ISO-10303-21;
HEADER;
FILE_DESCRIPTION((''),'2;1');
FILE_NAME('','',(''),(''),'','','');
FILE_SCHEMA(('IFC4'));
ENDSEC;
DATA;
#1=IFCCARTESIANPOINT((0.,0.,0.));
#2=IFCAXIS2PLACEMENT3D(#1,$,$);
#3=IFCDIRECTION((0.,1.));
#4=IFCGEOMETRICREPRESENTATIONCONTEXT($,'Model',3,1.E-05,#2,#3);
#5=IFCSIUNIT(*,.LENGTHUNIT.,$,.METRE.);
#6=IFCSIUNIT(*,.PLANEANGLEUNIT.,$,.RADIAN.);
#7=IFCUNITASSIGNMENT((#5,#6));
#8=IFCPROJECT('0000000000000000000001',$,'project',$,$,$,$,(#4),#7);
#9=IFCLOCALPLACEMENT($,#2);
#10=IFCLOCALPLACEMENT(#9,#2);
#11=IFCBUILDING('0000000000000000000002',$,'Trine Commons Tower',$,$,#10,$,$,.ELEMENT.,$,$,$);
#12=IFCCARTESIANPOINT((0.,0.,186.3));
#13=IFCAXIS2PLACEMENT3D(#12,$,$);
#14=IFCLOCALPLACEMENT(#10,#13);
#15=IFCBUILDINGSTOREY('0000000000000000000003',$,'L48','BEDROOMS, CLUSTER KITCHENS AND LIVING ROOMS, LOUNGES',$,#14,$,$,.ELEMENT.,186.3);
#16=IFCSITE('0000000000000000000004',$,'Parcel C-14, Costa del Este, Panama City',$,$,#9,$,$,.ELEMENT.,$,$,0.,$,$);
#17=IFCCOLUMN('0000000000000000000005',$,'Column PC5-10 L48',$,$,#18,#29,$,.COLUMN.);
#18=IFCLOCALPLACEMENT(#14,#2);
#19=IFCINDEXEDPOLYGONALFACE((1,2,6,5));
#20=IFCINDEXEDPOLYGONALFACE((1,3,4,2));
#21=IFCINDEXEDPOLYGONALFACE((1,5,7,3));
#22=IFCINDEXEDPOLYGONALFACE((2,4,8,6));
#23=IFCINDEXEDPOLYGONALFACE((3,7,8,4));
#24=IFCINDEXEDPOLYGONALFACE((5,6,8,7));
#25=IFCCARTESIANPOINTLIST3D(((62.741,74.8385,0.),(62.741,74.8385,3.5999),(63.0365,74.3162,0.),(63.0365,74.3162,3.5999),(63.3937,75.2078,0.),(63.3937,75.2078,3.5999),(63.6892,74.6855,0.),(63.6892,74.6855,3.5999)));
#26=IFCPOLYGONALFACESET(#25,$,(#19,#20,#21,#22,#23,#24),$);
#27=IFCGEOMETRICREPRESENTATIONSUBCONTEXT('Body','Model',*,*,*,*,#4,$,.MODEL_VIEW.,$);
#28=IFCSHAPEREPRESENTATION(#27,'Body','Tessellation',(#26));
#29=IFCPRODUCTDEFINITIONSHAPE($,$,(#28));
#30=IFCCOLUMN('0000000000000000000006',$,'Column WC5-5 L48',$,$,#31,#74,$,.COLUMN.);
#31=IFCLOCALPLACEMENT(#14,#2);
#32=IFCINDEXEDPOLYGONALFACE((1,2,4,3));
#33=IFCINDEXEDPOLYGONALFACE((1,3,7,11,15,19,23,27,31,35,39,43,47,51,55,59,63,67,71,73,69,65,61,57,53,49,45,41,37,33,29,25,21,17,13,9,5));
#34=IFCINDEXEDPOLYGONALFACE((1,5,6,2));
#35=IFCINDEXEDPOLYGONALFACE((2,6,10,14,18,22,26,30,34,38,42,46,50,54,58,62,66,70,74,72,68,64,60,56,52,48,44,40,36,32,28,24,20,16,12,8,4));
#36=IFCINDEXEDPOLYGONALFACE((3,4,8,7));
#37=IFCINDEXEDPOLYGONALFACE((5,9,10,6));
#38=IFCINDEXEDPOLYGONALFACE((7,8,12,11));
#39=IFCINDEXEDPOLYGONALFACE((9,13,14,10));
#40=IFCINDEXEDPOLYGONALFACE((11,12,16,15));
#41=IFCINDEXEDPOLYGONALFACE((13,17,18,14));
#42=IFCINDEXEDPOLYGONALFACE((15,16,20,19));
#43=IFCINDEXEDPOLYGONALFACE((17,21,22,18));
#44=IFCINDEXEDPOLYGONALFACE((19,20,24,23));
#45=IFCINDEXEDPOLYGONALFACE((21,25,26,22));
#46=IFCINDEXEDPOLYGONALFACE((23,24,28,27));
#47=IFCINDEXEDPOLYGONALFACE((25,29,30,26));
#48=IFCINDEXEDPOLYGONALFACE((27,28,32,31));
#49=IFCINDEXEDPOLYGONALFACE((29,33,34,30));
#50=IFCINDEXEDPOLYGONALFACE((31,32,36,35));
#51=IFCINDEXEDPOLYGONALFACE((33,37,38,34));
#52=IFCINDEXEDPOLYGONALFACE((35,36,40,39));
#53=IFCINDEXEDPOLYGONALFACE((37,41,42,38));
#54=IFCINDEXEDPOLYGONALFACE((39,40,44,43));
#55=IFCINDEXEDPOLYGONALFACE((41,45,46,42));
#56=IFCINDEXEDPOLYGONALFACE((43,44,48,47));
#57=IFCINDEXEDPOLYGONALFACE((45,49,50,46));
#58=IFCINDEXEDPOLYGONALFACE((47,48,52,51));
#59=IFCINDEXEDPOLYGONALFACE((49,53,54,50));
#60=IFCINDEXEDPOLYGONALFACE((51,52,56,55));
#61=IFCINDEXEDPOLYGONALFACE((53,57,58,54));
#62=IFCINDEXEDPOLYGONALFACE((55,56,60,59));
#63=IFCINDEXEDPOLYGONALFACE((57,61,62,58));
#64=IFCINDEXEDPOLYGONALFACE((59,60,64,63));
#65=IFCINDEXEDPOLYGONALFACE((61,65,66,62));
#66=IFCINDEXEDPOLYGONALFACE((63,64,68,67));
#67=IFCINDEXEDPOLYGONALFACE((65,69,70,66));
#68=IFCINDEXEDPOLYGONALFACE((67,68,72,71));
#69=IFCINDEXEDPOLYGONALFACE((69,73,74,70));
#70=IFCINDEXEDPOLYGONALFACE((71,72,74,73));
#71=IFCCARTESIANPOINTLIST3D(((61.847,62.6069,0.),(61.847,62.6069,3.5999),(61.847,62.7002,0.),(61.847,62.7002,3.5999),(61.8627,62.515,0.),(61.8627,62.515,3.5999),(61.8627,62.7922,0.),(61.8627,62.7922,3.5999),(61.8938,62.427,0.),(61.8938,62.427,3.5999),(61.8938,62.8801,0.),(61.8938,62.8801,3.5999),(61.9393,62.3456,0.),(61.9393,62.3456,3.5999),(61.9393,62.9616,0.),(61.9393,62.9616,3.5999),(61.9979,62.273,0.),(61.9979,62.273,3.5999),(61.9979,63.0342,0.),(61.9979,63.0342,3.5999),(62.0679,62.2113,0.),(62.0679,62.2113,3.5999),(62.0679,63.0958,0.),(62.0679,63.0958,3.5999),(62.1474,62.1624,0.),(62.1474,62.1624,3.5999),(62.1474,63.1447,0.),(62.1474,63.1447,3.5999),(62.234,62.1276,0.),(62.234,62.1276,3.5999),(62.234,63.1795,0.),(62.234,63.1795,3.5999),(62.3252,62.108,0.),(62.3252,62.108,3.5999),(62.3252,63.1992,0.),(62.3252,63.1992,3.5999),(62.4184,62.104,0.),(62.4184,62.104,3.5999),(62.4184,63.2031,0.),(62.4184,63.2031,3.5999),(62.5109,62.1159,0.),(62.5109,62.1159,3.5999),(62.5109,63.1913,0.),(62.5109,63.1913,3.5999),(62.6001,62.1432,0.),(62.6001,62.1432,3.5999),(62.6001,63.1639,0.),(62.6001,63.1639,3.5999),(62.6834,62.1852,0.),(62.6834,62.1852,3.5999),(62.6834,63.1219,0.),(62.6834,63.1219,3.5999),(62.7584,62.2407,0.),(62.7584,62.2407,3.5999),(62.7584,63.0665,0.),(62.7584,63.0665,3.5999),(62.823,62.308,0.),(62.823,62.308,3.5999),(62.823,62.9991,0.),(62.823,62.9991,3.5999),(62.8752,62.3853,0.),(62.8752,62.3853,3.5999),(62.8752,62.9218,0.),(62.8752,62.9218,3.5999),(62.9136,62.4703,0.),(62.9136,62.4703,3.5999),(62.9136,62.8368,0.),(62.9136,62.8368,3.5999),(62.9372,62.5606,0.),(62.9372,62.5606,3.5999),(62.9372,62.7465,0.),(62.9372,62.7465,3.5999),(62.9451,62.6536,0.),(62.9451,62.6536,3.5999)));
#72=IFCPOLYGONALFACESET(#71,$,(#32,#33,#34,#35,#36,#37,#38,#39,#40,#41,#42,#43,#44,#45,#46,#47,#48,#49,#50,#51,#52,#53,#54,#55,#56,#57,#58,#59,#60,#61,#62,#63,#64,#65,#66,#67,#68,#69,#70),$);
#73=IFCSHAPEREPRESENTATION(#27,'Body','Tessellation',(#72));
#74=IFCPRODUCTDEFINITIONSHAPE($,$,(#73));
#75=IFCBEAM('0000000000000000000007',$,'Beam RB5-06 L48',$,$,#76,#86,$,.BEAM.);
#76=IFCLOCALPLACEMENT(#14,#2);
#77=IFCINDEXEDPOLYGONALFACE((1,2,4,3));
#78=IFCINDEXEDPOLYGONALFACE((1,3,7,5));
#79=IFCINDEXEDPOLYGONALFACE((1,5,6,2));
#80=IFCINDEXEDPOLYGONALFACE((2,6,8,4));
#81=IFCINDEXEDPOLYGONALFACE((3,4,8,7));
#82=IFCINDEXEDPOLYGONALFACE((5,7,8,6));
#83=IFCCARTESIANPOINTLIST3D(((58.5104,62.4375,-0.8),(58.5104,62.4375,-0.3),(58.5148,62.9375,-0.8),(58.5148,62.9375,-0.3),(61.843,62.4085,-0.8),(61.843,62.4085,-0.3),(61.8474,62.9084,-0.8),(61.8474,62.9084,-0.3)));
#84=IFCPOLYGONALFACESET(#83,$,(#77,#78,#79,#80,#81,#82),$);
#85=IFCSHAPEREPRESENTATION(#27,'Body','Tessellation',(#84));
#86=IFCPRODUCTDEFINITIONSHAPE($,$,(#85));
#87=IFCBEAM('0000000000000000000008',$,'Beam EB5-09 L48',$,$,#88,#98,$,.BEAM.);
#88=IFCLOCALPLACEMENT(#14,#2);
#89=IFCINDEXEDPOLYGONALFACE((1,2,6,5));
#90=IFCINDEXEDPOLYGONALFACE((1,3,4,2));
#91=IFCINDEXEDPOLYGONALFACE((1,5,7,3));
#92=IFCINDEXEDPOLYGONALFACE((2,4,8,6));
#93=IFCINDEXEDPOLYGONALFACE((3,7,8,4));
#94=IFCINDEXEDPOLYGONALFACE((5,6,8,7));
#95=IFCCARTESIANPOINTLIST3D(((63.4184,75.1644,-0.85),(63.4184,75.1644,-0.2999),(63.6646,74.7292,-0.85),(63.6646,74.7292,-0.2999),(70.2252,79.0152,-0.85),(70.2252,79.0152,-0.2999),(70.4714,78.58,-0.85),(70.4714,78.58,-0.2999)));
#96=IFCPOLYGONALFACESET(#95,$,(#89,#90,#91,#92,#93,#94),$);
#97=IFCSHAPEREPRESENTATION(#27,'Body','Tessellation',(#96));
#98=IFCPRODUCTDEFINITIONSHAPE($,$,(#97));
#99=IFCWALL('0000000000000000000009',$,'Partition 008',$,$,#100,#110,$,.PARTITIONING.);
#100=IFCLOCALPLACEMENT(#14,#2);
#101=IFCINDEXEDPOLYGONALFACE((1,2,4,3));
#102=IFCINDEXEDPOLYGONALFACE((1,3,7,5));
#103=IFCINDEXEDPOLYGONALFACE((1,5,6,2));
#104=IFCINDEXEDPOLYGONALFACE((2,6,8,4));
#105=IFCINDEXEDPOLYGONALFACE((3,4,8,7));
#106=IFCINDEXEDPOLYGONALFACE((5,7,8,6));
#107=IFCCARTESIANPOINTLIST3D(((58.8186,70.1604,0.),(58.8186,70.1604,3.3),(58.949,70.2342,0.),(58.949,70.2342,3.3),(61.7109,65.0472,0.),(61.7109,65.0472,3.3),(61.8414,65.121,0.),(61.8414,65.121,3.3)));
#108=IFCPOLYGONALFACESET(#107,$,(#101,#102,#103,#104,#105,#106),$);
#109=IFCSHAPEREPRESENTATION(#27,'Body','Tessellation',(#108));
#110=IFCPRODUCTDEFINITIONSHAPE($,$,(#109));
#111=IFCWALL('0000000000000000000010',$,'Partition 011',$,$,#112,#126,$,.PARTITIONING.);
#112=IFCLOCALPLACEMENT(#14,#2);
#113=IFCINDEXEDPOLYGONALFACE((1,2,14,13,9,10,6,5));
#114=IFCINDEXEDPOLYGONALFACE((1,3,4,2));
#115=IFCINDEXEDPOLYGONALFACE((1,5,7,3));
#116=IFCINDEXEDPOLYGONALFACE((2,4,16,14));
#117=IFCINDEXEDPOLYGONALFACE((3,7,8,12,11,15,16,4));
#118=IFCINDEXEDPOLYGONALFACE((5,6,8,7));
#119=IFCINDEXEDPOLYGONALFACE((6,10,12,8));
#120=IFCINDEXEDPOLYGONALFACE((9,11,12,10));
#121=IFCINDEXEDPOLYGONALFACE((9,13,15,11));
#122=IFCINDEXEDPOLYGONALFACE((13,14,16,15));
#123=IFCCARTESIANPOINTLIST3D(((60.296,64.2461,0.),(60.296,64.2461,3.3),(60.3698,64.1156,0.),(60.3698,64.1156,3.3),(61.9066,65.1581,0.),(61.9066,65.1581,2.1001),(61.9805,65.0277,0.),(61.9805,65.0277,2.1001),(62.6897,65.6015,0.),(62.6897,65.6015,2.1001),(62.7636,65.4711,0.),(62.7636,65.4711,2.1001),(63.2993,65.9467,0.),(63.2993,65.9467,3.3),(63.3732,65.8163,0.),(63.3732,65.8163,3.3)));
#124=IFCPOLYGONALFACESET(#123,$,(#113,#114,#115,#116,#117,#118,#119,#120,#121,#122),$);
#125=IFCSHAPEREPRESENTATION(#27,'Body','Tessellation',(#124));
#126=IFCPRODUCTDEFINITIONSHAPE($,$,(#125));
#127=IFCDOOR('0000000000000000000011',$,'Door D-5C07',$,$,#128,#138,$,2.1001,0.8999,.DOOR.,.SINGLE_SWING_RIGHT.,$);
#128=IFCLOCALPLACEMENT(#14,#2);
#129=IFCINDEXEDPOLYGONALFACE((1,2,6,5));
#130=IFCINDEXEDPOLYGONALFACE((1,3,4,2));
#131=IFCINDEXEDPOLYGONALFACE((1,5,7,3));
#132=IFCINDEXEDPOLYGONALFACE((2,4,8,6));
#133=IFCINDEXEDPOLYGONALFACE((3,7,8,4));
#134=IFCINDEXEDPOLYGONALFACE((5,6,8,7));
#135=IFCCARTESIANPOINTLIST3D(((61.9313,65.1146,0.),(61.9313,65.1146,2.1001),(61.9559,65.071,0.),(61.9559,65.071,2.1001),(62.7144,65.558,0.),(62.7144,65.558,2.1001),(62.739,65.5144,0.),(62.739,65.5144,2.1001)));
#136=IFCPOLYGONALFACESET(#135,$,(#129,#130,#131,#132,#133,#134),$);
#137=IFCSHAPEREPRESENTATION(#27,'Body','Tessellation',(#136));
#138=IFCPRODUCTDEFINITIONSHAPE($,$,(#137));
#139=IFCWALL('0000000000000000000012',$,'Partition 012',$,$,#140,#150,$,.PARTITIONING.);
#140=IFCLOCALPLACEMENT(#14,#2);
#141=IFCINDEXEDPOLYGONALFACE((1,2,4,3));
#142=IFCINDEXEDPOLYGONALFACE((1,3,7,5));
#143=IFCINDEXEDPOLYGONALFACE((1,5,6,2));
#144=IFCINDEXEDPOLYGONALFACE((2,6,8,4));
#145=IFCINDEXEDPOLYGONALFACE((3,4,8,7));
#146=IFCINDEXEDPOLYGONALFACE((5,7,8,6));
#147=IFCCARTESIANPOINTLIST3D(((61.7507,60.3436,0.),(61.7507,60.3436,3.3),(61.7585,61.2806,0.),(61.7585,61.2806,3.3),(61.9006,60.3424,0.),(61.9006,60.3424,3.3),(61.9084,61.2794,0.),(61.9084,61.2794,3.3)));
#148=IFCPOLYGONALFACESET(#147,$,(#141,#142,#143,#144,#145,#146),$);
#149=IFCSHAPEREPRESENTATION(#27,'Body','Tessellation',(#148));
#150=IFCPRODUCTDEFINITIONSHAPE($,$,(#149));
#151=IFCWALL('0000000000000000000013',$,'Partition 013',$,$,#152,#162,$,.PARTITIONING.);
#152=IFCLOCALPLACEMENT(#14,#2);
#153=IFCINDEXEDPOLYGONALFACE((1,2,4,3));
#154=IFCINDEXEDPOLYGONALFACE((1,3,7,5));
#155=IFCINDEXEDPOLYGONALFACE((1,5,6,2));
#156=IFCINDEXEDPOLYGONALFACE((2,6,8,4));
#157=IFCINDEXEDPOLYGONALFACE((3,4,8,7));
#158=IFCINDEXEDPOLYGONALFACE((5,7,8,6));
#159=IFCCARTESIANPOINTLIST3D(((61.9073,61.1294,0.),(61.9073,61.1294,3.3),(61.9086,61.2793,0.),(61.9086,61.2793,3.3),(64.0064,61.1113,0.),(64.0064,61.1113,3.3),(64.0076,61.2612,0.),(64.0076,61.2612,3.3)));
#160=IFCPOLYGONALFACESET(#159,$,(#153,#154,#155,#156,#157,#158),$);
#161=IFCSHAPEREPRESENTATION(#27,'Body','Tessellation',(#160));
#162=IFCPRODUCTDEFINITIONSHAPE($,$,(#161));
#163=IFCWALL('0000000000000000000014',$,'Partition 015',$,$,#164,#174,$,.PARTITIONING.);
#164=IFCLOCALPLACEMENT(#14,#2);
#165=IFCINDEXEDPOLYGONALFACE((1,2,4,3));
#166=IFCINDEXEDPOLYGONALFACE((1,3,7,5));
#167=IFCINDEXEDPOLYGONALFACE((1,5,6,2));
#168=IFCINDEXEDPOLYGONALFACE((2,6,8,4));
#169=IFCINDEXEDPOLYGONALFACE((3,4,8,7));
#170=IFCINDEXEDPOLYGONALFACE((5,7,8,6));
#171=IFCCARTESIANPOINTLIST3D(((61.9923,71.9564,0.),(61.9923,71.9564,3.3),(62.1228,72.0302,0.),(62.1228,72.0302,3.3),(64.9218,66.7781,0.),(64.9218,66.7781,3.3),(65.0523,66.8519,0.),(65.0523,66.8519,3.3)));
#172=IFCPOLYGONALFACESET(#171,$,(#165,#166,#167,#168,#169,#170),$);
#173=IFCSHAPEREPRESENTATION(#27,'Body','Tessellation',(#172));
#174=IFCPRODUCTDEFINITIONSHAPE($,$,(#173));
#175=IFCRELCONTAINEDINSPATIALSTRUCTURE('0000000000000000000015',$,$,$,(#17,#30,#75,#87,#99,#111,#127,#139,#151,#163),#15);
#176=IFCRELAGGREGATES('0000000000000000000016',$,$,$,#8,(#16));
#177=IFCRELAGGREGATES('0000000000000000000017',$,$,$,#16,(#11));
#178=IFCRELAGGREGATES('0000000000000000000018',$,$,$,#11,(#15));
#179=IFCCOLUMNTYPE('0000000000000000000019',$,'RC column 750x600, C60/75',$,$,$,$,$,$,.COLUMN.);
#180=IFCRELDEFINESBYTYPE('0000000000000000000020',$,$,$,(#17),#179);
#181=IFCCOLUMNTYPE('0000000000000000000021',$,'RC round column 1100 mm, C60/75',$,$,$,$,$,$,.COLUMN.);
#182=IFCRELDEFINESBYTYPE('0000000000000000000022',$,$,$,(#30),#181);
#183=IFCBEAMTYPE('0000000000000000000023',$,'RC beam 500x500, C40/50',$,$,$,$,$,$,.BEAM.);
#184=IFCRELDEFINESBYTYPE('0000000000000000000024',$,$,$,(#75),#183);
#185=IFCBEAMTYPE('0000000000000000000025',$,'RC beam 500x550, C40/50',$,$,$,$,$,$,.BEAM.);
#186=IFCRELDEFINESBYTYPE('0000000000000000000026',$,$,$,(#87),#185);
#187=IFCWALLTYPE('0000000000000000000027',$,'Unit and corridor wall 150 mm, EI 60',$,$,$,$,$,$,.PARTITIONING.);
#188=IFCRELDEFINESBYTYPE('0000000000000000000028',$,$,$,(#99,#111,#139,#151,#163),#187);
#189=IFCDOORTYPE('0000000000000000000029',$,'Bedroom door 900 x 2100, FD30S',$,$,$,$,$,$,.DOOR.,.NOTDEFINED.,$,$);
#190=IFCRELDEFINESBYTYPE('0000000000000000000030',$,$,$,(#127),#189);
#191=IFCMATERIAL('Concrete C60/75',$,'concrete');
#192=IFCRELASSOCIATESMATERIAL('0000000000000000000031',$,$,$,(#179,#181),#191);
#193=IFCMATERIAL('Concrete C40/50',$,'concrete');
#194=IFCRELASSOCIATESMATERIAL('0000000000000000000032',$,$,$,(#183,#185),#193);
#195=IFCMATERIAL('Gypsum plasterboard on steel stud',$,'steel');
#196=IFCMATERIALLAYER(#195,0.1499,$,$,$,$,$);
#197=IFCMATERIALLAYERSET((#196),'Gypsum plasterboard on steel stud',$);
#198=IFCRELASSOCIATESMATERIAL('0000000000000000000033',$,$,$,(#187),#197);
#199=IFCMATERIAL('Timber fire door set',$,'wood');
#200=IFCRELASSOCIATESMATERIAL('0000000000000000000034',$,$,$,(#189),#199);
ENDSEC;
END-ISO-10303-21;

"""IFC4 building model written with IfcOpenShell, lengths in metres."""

from ifc_helpers import new_model, si_unit, direction, frame, frame_2d, origin, origin_2d, place, context, subcontext, project, spatial, rectangle, circle, extrude, material, layer, layer_set, material_profile, profile_set, type_object, element, fill, save


model = new_model("IFC4")

# Units and contexts
model_context = context("Model", 3, precision=1e-05, world=origin(), true_north=direction((0.0, 1.0)))
body_context = subcontext(model_context, "Body", "Model", "MODEL_VIEW")
ifc_project = project(units=[si_unit("LENGTHUNIT", "METRE"), si_unit("PLANEANGLEUNIT", "RADIAN")], contexts=[model_context])

# Site, building, storey
site_placement = place(None, origin())
site = spatial("IfcSite", under=ifc_project, at=site_placement, Name="Parcel C-14, Costa del Este, Panama City", CompositionType="ELEMENT", RefElevation=0.0)
building_placement = place(site_placement, origin())
building = spatial("IfcBuilding", under=site, at=building_placement, Name="Trine Commons Tower", CompositionType="ELEMENT")
storey_placement = place(building_placement, frame((0.0, 0.0, 186.3)))
storey = spatial("IfcBuildingStorey", under=building, at=storey_placement, Name="L48", Description="BEDROOMS, CLUSTER KITCHENS AND LIVING ROOMS, LOUNGES", CompositionType="ELEMENT", Elevation=186.3)

# Columns
ifc_material_1 = material(Name="Concrete C60/75", Category="concrete")
ifc_material_profile_1 = material_profile(ifc_material_1, rectangle(XDim=0.75, YDim=0.6001, at=origin_2d()), Name="RC 750x600")
ifc_profile_set_1 = profile_set([ifc_material_profile_1], Name="Concrete C60/75")
column_type_1 = type_object("IfcColumnType", Name="RC column 750x600, C60/75", PredefinedType="COLUMN", material=ifc_profile_set_1)
column_1_placement = place(storey_placement, frame((63.2151, 74.762, 0.0), z_axis=(0.0, 0.0, 1.0), x_axis=(0.870356, 0.492424, 0.0)))
element("IfcColumn", 1, at=column_1_placement, inside=storey, type_object=column_type_1, Name="Column PC5-10 L48", PredefinedType="COLUMN", context=body_context, shape_type="SweptSolid", body=[
    extrude(rectangle(XDim=0.75, YDim=0.6001, at=origin_2d()), origin(), (0.0, 0.0, 1.0), 3.5999),
])
ifc_material_profile_2 = material_profile(ifc_material_1, circle(Radius=0.55, at=origin_2d()), Name="RC round 1100")
ifc_profile_set_2 = profile_set([ifc_material_profile_2], Name="Concrete C60/75")
column_type_2 = type_object("IfcColumnType", Name="RC round column 1100 mm, C60/75", PredefinedType="COLUMN", material=ifc_profile_set_2)
column_2_placement = place(storey_placement, frame((62.395, 62.6536, 0.0), z_axis=(0.0, 0.0, 1.0), x_axis=(1.0, 0.0, 0.0)))
element("IfcColumn", 2, at=column_2_placement, inside=storey, type_object=column_type_2, Name="Column WC5-5 L48", PredefinedType="COLUMN", context=body_context, shape_type="SweptSolid", body=[
    extrude(circle(Radius=0.55, at=origin_2d()), origin(), (0.0, 0.0, 1.0), 3.5999),
])

# Beams
ifc_material_2 = material(Name="Concrete C40/50", Category="concrete")
ifc_material_profile_3 = material_profile(ifc_material_2, rectangle(XDim=0.5, YDim=0.5, at=origin_2d()), Name="RC 500x500")
ifc_profile_set_3 = profile_set([ifc_material_profile_3], Name="Concrete C40/50")
beam_type_1 = type_object("IfcBeamType", Name="RC beam 500x500, C40/50", PredefinedType="BEAM", material=ifc_profile_set_3)
beam_1_placement = place(storey_placement, frame((61.8452, 62.6584, -0.55), z_axis=(-0.999962, 0.008718, 0.0), x_axis=(-0.008718, -0.999962, 0.0)))
element("IfcBeam", 3, at=beam_1_placement, inside=storey, type_object=beam_type_1, Name="Beam RB5-06 L48", PredefinedType="BEAM", context=body_context, shape_type="SweptSolid", body=[
    extrude(rectangle(XDim=0.5, YDim=0.5, at=origin_2d()), origin(), (0.0, 0.0, 1.0), 3.3328),
])
ifc_material_profile_4 = material_profile(ifc_material_2, rectangle(XDim=0.5, YDim=0.55, at=origin_2d()), Name="RC 500x550")
ifc_profile_set_4 = profile_set([ifc_material_profile_4], Name="Concrete C40/50")
beam_type_2 = type_object("IfcBeamType", Name="RC beam 500x550, C40/50", PredefinedType="BEAM", material=ifc_profile_set_4)
beam_2_placement = place(storey_placement, frame((63.5415, 74.9468, -0.575), z_axis=(0.870373, 0.492393, 0.0), x_axis=(-0.492393, 0.870373, 0.0)))
element("IfcBeam", 4, at=beam_2_placement, inside=storey, type_object=beam_type_2, Name="Beam EB5-09 L48", PredefinedType="BEAM", context=body_context, shape_type="SweptSolid", body=[
    extrude(rectangle(XDim=0.5, YDim=0.55, at=origin_2d()), origin(), (0.0, 0.0, 1.0), 7.8206),
])

# Wall
ifc_material_3 = material(Name="Gypsum plasterboard on steel stud", Category="steel")
ifc_layer_1 = layer(ifc_material_3, 0.1499)
ifc_layer_set_1 = layer_set([ifc_layer_1], Name="Gypsum plasterboard on steel stud")
wall_type_1 = type_object("IfcWallType", Name="Unit and corridor wall 150 mm, EI 60", PredefinedType="PARTITIONING", material=ifc_layer_set_1)
wall_1_placement = place(storey_placement, frame((58.8838, 70.1973, 0.0), z_axis=(0.0, 0.0, 1.0), x_axis=(0.492361, -0.870391, 0.0)))
element("IfcWall", 5, at=wall_1_placement, inside=storey, type_object=wall_type_1, Name="Partition 008", PredefinedType="PARTITIONING", context=body_context, shape_type="SweptSolid", body=[
    extrude(rectangle(XDim=5.8745, YDim=0.1499, at=frame_2d((2.9373, 0.0))), origin(), (0.0, 0.0, 1.0), 3.3),
])

# Wall, opening, door
wall_2_placement = place(storey_placement, frame((60.333, 64.1809, 0.0), z_axis=(0.0, 0.0, 1.0), x_axis=(0.870178, 0.492738, 0.0)))
wall_2 = element("IfcWall", 6, at=wall_2_placement, inside=storey, type_object=wall_type_1, Name="Partition 011", PredefinedType="PARTITIONING", context=body_context, shape_type="SweptSolid", body=[
    extrude(rectangle(XDim=3.4514, YDim=0.1499, at=frame_2d((1.7256, 0.0))), origin(), (0.0, 0.0, 1.0), 3.3),
])
opening_1_placement = place(wall_2_placement, frame((1.8508, 0.0, 0.0)))
opening_1 = element("IfcOpeningElement", 7, at=opening_1_placement, cuts=wall_2, PredefinedType="OPENING", context=body_context, shape_type="SweptSolid", body=[
    extrude(rectangle(XDim=0.8999, YDim=2.1001, at=frame_2d((0.45, 1.05))), frame((0.0, 0.085, 0.0), z_axis=(0.0, -1.0, 0.0), x_axis=(1.0, 0.0, 0.0)), (0.0, 0.0, 1.0), 0.1699),
])
ifc_material_4 = material(Name="Timber fire door set", Category="wood")
door_type_1 = type_object("IfcDoorType", Name="Bedroom door 900 x 2100, FD30S", OperationType="NOTDEFINED", PredefinedType="DOOR", material=ifc_material_4)
door_1_placement = place(opening_1_placement, origin())
door_1 = element("IfcDoor", 8, at=door_1_placement, inside=storey, type_object=door_type_1, Name="Door D-5C07", OperationType="SINGLE_SWING_RIGHT", OverallHeight=2.1001, OverallWidth=0.8999, PredefinedType="DOOR", context=body_context, shape_type="SweptSolid", body=[
    extrude(rectangle(XDim=0.8999, YDim=2.1001, at=frame_2d((0.45, 1.05))), frame((0.0, 0.0249, 0.0), z_axis=(0.0, -1.0, 0.0), x_axis=(1.0, 0.0, 0.0)), (0.0, 0.0, 1.0), 0.05),
])
fill(opening_1, door_1)

# Walls
wall_3_placement = place(storey_placement, frame((61.8257, 60.343, 0.0), z_axis=(0.0, 0.0, 1.0), x_axis=(0.008337, 0.999965, 0.0)))
element("IfcWall", 9, at=wall_3_placement, inside=storey, type_object=wall_type_1, Name="Partition 012", PredefinedType="PARTITIONING", context=body_context, shape_type="SweptSolid", body=[
    extrude(rectangle(XDim=0.937, YDim=0.1499, at=frame_2d((0.4685, 0.0))), origin(), (0.0, 0.0, 1.0), 3.3),
])
wall_4_placement = place(storey_placement, frame((61.908, 61.2043, 0.0), z_axis=(0.0, 0.0, 1.0), x_axis=(0.999963, -0.008606, 0.0)))
element("IfcWall", 10, at=wall_4_placement, inside=storey, type_object=wall_type_1, Name="Partition 013", PredefinedType="PARTITIONING", context=body_context, shape_type="SweptSolid", body=[
    extrude(rectangle(XDim=2.0991, YDim=0.1499, at=frame_2d((1.0496, 0.0))), origin(), (0.0, 0.0, 1.0), 3.3),
])
wall_5_placement = place(storey_placement, frame((62.0576, 71.9932, 0.0), z_axis=(0.0, 0.0, 1.0), x_axis=(0.492391, -0.870374, 0.0)))
element("IfcWall", 11, at=wall_5_placement, inside=storey, type_object=wall_type_1, Name="Partition 015", PredefinedType="PARTITIONING", context=body_context, shape_type="SweptSolid", body=[
    extrude(rectangle(XDim=5.9495, YDim=0.1499, at=frame_2d((2.9746, 0.0))), origin(), (0.0, 0.0, 1.0), 3.3),
])

save(model, "model.ifc")
